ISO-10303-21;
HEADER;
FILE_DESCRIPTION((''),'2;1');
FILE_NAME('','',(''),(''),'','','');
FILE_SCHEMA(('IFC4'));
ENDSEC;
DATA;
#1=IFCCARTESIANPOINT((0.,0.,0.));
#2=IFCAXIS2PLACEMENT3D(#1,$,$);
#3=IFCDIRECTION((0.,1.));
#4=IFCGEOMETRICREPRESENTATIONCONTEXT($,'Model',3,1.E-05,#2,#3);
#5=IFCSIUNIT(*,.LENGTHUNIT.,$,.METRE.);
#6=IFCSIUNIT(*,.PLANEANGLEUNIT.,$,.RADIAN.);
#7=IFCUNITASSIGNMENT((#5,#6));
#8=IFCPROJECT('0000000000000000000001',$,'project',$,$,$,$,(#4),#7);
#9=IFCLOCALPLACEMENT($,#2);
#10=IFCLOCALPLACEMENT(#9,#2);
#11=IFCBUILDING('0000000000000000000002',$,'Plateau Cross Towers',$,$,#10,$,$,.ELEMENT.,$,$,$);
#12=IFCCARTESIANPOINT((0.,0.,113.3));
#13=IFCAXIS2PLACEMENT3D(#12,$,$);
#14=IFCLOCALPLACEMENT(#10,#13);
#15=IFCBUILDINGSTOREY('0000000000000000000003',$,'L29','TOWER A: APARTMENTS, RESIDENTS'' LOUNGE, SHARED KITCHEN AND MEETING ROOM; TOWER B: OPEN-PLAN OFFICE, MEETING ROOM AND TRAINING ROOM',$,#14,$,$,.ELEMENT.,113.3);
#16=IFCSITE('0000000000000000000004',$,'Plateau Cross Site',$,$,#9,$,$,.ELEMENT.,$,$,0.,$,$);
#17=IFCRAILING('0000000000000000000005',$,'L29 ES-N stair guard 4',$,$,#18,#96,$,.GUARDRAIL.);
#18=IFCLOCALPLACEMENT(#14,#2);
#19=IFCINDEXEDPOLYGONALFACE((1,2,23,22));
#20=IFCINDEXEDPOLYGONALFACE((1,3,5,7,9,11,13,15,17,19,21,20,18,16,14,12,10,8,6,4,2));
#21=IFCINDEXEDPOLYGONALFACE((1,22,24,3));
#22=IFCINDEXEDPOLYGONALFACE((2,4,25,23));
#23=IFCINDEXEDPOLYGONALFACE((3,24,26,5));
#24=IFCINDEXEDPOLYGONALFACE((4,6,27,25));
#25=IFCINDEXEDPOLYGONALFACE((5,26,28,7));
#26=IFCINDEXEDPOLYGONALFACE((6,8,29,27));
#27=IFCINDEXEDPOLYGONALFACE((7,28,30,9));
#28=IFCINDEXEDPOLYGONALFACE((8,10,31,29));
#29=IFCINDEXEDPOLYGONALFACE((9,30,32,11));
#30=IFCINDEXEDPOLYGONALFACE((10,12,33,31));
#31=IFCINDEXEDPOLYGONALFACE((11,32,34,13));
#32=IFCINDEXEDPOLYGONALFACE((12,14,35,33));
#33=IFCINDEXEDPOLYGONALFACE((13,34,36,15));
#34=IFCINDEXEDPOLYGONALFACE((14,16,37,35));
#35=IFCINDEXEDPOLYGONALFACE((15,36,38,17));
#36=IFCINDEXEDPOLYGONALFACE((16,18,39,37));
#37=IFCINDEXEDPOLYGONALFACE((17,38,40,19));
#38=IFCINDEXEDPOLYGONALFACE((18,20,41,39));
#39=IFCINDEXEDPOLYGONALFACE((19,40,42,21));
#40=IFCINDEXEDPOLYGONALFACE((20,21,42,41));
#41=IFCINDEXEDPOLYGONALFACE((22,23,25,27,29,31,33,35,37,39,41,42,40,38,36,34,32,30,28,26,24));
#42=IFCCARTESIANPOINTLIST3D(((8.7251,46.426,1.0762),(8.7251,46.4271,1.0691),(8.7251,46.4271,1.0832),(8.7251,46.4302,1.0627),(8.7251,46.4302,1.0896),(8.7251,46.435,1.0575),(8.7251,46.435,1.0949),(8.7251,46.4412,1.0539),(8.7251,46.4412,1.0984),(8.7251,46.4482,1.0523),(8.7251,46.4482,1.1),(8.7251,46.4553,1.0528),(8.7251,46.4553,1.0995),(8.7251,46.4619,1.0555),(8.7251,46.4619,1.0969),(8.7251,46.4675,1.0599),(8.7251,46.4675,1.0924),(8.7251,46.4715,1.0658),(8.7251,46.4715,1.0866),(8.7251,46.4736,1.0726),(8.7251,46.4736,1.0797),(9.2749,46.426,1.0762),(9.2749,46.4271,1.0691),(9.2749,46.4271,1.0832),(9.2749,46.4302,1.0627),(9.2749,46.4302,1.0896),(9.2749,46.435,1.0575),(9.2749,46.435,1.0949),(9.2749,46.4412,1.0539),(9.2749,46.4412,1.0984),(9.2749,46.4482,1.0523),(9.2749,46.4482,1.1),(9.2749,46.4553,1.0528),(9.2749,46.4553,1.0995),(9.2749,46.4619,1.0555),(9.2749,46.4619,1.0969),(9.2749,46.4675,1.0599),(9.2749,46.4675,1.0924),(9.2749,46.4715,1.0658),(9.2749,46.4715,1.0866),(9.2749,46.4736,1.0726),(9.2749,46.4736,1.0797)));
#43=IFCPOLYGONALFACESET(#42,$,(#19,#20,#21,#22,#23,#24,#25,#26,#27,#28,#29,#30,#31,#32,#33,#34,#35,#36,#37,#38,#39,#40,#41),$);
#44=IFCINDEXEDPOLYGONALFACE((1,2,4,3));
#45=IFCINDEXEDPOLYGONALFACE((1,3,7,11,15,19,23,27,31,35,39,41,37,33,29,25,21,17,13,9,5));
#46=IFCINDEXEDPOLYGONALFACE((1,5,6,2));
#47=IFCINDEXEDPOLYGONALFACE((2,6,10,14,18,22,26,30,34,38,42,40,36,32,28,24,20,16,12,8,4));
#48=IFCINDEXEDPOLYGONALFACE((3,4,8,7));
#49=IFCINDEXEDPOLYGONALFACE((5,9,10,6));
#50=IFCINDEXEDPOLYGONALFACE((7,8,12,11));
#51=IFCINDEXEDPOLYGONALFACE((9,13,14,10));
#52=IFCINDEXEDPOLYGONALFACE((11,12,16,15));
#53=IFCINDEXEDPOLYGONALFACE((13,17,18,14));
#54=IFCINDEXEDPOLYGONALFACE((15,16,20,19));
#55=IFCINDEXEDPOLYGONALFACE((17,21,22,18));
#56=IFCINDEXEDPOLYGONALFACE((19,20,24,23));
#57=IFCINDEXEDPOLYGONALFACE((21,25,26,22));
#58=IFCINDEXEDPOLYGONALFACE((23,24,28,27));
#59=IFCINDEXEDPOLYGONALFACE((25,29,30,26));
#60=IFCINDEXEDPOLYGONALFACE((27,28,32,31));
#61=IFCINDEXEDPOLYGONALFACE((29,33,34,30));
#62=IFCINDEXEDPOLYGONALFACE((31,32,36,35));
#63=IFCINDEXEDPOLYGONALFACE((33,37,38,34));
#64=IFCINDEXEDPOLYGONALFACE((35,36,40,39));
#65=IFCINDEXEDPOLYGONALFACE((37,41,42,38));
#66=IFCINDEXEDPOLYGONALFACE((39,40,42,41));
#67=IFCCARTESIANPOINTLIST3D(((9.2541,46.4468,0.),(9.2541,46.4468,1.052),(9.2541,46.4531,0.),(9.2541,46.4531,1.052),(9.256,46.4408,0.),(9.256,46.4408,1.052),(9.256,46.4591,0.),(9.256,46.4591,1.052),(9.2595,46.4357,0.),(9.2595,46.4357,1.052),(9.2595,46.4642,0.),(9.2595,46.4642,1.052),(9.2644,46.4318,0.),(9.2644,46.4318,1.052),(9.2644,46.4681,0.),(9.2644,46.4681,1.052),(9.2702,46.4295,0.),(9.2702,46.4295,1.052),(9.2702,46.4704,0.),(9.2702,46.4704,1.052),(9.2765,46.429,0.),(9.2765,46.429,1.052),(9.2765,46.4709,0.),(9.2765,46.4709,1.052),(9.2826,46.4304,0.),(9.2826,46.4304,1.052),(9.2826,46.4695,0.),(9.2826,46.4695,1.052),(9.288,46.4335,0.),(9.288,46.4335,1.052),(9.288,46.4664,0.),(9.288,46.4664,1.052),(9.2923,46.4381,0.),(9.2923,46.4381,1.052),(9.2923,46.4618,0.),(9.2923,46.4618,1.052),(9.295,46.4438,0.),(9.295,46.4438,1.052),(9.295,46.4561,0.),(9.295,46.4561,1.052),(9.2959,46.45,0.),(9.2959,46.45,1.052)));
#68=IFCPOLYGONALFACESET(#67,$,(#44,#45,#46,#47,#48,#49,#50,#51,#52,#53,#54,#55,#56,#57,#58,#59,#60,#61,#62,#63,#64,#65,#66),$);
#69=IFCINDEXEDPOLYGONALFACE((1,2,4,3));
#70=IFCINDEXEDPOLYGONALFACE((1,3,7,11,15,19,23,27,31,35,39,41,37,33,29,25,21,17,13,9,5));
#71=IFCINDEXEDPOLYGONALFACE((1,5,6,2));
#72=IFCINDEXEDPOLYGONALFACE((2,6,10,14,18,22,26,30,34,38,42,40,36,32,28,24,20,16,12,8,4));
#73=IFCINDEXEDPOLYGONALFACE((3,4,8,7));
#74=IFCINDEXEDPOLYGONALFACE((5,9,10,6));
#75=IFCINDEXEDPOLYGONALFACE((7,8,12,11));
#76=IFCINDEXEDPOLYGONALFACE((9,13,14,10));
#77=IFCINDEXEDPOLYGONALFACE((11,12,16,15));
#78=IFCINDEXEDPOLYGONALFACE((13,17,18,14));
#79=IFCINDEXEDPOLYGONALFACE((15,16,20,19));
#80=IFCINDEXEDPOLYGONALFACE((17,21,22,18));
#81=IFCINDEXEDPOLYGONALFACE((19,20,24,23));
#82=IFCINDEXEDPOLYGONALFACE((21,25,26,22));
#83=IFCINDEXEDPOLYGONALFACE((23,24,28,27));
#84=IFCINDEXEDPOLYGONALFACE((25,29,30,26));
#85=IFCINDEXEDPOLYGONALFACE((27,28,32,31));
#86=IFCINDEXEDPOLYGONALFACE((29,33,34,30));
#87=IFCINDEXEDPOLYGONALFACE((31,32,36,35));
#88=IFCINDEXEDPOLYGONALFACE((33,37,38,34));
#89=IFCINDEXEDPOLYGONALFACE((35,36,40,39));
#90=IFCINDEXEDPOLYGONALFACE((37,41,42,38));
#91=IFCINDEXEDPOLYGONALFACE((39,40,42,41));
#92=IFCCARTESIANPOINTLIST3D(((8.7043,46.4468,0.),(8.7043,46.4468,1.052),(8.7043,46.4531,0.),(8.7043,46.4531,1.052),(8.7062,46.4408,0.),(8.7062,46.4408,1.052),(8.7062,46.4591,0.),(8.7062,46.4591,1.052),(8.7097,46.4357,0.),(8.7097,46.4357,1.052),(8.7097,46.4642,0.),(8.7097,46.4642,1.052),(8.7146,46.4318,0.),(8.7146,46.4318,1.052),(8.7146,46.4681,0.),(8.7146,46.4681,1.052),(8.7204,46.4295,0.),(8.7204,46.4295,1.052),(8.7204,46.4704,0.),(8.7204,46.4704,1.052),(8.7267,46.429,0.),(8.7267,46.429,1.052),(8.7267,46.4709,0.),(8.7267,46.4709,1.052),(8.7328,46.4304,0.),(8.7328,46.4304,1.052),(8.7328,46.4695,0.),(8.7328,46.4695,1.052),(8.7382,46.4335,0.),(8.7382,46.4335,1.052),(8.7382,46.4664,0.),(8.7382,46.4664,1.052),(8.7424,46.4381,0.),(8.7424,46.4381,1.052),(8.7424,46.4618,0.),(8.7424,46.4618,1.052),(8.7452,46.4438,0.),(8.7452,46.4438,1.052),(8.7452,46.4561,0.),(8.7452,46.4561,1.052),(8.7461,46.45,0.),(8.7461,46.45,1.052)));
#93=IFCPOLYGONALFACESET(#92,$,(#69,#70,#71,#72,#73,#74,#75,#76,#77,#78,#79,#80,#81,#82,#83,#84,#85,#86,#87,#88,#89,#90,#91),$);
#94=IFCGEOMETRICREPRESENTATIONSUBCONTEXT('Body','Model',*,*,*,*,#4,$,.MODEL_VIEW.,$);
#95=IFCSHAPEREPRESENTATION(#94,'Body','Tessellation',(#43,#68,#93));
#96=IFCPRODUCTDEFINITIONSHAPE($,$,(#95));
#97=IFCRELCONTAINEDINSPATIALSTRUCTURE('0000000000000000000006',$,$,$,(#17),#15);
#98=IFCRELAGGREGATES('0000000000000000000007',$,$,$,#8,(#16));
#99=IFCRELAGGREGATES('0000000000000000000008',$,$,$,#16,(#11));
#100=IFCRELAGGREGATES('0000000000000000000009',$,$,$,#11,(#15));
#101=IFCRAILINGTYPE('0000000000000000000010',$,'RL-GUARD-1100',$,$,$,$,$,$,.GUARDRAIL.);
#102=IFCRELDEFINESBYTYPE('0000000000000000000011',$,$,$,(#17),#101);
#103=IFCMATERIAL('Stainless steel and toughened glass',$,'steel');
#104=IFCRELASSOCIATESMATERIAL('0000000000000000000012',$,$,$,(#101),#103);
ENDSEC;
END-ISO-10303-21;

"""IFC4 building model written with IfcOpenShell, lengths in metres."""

from ifc_helpers import new_model, si_unit, direction, frame, origin, origin_2d, place, context, subcontext, project, spatial, circle, extrude, material, type_object, element, save


model = new_model("IFC4")

# Units and contexts
model_context = context("Model", 3, precision=1e-05, world=origin(), true_north=direction((0.0, 1.0)))
body_context = subcontext(model_context, "Body", "Model", "MODEL_VIEW")
ifc_project = project(units=[si_unit("LENGTHUNIT", "METRE"), si_unit("PLANEANGLEUNIT", "RADIAN")], contexts=[model_context])

# Site, building, storey
site_placement = place(None, origin())
site = spatial("IfcSite", under=ifc_project, at=site_placement, Name="Plateau Cross Site", CompositionType="ELEMENT", RefElevation=0.0)
building_placement = place(site_placement, origin())
building = spatial("IfcBuilding", under=site, at=building_placement, Name="Plateau Cross Towers", CompositionType="ELEMENT")
storey_placement = place(building_placement, frame((0.0, 0.0, 113.3)))
storey = spatial("IfcBuildingStorey", under=building, at=storey_placement, Name="L29", Description="TOWER A: APARTMENTS, RESIDENTS' LOUNGE, SHARED KITCHEN AND MEETING ROOM; TOWER B: OPEN-PLAN OFFICE, MEETING ROOM AND TRAINING ROOM", CompositionType="ELEMENT", Elevation=113.3)

# Railing
ifc_material_1 = material(Name="Stainless steel and toughened glass", Category="steel")
railing_type_1 = type_object("IfcRailingType", Name="RL-GUARD-1100", PredefinedType="GUARDRAIL", material=ifc_material_1)
railing_1_placement = place(storey_placement, frame((9.2749, 46.45, 0.0)))
element("IfcRailing", 1, at=railing_1_placement, inside=storey, type_object=railing_type_1, Name="L29 ES-N stair guard 4", PredefinedType="GUARDRAIL", context=body_context, shape_type="SweptSolid", body=[
    extrude(circle(Radius=0.0239, at=origin_2d()), frame((0.0, 0.0, 1.0762), z_axis=(-1.0, 0.0, 0.0), x_axis=(0.0, -1.0, 0.0)), (0.0, 0.0, 1.0), 0.5498),
    extrude(circle(Radius=0.021, at=origin_2d()), origin(), (0.0, 0.0, 1.0), 1.052),
    extrude(circle(Radius=0.021, at=origin_2d()), frame((-0.5498, 0.0, 0.0)), (0.0, 0.0, 1.0), 1.052),
])

save(model, "model.ifc")
